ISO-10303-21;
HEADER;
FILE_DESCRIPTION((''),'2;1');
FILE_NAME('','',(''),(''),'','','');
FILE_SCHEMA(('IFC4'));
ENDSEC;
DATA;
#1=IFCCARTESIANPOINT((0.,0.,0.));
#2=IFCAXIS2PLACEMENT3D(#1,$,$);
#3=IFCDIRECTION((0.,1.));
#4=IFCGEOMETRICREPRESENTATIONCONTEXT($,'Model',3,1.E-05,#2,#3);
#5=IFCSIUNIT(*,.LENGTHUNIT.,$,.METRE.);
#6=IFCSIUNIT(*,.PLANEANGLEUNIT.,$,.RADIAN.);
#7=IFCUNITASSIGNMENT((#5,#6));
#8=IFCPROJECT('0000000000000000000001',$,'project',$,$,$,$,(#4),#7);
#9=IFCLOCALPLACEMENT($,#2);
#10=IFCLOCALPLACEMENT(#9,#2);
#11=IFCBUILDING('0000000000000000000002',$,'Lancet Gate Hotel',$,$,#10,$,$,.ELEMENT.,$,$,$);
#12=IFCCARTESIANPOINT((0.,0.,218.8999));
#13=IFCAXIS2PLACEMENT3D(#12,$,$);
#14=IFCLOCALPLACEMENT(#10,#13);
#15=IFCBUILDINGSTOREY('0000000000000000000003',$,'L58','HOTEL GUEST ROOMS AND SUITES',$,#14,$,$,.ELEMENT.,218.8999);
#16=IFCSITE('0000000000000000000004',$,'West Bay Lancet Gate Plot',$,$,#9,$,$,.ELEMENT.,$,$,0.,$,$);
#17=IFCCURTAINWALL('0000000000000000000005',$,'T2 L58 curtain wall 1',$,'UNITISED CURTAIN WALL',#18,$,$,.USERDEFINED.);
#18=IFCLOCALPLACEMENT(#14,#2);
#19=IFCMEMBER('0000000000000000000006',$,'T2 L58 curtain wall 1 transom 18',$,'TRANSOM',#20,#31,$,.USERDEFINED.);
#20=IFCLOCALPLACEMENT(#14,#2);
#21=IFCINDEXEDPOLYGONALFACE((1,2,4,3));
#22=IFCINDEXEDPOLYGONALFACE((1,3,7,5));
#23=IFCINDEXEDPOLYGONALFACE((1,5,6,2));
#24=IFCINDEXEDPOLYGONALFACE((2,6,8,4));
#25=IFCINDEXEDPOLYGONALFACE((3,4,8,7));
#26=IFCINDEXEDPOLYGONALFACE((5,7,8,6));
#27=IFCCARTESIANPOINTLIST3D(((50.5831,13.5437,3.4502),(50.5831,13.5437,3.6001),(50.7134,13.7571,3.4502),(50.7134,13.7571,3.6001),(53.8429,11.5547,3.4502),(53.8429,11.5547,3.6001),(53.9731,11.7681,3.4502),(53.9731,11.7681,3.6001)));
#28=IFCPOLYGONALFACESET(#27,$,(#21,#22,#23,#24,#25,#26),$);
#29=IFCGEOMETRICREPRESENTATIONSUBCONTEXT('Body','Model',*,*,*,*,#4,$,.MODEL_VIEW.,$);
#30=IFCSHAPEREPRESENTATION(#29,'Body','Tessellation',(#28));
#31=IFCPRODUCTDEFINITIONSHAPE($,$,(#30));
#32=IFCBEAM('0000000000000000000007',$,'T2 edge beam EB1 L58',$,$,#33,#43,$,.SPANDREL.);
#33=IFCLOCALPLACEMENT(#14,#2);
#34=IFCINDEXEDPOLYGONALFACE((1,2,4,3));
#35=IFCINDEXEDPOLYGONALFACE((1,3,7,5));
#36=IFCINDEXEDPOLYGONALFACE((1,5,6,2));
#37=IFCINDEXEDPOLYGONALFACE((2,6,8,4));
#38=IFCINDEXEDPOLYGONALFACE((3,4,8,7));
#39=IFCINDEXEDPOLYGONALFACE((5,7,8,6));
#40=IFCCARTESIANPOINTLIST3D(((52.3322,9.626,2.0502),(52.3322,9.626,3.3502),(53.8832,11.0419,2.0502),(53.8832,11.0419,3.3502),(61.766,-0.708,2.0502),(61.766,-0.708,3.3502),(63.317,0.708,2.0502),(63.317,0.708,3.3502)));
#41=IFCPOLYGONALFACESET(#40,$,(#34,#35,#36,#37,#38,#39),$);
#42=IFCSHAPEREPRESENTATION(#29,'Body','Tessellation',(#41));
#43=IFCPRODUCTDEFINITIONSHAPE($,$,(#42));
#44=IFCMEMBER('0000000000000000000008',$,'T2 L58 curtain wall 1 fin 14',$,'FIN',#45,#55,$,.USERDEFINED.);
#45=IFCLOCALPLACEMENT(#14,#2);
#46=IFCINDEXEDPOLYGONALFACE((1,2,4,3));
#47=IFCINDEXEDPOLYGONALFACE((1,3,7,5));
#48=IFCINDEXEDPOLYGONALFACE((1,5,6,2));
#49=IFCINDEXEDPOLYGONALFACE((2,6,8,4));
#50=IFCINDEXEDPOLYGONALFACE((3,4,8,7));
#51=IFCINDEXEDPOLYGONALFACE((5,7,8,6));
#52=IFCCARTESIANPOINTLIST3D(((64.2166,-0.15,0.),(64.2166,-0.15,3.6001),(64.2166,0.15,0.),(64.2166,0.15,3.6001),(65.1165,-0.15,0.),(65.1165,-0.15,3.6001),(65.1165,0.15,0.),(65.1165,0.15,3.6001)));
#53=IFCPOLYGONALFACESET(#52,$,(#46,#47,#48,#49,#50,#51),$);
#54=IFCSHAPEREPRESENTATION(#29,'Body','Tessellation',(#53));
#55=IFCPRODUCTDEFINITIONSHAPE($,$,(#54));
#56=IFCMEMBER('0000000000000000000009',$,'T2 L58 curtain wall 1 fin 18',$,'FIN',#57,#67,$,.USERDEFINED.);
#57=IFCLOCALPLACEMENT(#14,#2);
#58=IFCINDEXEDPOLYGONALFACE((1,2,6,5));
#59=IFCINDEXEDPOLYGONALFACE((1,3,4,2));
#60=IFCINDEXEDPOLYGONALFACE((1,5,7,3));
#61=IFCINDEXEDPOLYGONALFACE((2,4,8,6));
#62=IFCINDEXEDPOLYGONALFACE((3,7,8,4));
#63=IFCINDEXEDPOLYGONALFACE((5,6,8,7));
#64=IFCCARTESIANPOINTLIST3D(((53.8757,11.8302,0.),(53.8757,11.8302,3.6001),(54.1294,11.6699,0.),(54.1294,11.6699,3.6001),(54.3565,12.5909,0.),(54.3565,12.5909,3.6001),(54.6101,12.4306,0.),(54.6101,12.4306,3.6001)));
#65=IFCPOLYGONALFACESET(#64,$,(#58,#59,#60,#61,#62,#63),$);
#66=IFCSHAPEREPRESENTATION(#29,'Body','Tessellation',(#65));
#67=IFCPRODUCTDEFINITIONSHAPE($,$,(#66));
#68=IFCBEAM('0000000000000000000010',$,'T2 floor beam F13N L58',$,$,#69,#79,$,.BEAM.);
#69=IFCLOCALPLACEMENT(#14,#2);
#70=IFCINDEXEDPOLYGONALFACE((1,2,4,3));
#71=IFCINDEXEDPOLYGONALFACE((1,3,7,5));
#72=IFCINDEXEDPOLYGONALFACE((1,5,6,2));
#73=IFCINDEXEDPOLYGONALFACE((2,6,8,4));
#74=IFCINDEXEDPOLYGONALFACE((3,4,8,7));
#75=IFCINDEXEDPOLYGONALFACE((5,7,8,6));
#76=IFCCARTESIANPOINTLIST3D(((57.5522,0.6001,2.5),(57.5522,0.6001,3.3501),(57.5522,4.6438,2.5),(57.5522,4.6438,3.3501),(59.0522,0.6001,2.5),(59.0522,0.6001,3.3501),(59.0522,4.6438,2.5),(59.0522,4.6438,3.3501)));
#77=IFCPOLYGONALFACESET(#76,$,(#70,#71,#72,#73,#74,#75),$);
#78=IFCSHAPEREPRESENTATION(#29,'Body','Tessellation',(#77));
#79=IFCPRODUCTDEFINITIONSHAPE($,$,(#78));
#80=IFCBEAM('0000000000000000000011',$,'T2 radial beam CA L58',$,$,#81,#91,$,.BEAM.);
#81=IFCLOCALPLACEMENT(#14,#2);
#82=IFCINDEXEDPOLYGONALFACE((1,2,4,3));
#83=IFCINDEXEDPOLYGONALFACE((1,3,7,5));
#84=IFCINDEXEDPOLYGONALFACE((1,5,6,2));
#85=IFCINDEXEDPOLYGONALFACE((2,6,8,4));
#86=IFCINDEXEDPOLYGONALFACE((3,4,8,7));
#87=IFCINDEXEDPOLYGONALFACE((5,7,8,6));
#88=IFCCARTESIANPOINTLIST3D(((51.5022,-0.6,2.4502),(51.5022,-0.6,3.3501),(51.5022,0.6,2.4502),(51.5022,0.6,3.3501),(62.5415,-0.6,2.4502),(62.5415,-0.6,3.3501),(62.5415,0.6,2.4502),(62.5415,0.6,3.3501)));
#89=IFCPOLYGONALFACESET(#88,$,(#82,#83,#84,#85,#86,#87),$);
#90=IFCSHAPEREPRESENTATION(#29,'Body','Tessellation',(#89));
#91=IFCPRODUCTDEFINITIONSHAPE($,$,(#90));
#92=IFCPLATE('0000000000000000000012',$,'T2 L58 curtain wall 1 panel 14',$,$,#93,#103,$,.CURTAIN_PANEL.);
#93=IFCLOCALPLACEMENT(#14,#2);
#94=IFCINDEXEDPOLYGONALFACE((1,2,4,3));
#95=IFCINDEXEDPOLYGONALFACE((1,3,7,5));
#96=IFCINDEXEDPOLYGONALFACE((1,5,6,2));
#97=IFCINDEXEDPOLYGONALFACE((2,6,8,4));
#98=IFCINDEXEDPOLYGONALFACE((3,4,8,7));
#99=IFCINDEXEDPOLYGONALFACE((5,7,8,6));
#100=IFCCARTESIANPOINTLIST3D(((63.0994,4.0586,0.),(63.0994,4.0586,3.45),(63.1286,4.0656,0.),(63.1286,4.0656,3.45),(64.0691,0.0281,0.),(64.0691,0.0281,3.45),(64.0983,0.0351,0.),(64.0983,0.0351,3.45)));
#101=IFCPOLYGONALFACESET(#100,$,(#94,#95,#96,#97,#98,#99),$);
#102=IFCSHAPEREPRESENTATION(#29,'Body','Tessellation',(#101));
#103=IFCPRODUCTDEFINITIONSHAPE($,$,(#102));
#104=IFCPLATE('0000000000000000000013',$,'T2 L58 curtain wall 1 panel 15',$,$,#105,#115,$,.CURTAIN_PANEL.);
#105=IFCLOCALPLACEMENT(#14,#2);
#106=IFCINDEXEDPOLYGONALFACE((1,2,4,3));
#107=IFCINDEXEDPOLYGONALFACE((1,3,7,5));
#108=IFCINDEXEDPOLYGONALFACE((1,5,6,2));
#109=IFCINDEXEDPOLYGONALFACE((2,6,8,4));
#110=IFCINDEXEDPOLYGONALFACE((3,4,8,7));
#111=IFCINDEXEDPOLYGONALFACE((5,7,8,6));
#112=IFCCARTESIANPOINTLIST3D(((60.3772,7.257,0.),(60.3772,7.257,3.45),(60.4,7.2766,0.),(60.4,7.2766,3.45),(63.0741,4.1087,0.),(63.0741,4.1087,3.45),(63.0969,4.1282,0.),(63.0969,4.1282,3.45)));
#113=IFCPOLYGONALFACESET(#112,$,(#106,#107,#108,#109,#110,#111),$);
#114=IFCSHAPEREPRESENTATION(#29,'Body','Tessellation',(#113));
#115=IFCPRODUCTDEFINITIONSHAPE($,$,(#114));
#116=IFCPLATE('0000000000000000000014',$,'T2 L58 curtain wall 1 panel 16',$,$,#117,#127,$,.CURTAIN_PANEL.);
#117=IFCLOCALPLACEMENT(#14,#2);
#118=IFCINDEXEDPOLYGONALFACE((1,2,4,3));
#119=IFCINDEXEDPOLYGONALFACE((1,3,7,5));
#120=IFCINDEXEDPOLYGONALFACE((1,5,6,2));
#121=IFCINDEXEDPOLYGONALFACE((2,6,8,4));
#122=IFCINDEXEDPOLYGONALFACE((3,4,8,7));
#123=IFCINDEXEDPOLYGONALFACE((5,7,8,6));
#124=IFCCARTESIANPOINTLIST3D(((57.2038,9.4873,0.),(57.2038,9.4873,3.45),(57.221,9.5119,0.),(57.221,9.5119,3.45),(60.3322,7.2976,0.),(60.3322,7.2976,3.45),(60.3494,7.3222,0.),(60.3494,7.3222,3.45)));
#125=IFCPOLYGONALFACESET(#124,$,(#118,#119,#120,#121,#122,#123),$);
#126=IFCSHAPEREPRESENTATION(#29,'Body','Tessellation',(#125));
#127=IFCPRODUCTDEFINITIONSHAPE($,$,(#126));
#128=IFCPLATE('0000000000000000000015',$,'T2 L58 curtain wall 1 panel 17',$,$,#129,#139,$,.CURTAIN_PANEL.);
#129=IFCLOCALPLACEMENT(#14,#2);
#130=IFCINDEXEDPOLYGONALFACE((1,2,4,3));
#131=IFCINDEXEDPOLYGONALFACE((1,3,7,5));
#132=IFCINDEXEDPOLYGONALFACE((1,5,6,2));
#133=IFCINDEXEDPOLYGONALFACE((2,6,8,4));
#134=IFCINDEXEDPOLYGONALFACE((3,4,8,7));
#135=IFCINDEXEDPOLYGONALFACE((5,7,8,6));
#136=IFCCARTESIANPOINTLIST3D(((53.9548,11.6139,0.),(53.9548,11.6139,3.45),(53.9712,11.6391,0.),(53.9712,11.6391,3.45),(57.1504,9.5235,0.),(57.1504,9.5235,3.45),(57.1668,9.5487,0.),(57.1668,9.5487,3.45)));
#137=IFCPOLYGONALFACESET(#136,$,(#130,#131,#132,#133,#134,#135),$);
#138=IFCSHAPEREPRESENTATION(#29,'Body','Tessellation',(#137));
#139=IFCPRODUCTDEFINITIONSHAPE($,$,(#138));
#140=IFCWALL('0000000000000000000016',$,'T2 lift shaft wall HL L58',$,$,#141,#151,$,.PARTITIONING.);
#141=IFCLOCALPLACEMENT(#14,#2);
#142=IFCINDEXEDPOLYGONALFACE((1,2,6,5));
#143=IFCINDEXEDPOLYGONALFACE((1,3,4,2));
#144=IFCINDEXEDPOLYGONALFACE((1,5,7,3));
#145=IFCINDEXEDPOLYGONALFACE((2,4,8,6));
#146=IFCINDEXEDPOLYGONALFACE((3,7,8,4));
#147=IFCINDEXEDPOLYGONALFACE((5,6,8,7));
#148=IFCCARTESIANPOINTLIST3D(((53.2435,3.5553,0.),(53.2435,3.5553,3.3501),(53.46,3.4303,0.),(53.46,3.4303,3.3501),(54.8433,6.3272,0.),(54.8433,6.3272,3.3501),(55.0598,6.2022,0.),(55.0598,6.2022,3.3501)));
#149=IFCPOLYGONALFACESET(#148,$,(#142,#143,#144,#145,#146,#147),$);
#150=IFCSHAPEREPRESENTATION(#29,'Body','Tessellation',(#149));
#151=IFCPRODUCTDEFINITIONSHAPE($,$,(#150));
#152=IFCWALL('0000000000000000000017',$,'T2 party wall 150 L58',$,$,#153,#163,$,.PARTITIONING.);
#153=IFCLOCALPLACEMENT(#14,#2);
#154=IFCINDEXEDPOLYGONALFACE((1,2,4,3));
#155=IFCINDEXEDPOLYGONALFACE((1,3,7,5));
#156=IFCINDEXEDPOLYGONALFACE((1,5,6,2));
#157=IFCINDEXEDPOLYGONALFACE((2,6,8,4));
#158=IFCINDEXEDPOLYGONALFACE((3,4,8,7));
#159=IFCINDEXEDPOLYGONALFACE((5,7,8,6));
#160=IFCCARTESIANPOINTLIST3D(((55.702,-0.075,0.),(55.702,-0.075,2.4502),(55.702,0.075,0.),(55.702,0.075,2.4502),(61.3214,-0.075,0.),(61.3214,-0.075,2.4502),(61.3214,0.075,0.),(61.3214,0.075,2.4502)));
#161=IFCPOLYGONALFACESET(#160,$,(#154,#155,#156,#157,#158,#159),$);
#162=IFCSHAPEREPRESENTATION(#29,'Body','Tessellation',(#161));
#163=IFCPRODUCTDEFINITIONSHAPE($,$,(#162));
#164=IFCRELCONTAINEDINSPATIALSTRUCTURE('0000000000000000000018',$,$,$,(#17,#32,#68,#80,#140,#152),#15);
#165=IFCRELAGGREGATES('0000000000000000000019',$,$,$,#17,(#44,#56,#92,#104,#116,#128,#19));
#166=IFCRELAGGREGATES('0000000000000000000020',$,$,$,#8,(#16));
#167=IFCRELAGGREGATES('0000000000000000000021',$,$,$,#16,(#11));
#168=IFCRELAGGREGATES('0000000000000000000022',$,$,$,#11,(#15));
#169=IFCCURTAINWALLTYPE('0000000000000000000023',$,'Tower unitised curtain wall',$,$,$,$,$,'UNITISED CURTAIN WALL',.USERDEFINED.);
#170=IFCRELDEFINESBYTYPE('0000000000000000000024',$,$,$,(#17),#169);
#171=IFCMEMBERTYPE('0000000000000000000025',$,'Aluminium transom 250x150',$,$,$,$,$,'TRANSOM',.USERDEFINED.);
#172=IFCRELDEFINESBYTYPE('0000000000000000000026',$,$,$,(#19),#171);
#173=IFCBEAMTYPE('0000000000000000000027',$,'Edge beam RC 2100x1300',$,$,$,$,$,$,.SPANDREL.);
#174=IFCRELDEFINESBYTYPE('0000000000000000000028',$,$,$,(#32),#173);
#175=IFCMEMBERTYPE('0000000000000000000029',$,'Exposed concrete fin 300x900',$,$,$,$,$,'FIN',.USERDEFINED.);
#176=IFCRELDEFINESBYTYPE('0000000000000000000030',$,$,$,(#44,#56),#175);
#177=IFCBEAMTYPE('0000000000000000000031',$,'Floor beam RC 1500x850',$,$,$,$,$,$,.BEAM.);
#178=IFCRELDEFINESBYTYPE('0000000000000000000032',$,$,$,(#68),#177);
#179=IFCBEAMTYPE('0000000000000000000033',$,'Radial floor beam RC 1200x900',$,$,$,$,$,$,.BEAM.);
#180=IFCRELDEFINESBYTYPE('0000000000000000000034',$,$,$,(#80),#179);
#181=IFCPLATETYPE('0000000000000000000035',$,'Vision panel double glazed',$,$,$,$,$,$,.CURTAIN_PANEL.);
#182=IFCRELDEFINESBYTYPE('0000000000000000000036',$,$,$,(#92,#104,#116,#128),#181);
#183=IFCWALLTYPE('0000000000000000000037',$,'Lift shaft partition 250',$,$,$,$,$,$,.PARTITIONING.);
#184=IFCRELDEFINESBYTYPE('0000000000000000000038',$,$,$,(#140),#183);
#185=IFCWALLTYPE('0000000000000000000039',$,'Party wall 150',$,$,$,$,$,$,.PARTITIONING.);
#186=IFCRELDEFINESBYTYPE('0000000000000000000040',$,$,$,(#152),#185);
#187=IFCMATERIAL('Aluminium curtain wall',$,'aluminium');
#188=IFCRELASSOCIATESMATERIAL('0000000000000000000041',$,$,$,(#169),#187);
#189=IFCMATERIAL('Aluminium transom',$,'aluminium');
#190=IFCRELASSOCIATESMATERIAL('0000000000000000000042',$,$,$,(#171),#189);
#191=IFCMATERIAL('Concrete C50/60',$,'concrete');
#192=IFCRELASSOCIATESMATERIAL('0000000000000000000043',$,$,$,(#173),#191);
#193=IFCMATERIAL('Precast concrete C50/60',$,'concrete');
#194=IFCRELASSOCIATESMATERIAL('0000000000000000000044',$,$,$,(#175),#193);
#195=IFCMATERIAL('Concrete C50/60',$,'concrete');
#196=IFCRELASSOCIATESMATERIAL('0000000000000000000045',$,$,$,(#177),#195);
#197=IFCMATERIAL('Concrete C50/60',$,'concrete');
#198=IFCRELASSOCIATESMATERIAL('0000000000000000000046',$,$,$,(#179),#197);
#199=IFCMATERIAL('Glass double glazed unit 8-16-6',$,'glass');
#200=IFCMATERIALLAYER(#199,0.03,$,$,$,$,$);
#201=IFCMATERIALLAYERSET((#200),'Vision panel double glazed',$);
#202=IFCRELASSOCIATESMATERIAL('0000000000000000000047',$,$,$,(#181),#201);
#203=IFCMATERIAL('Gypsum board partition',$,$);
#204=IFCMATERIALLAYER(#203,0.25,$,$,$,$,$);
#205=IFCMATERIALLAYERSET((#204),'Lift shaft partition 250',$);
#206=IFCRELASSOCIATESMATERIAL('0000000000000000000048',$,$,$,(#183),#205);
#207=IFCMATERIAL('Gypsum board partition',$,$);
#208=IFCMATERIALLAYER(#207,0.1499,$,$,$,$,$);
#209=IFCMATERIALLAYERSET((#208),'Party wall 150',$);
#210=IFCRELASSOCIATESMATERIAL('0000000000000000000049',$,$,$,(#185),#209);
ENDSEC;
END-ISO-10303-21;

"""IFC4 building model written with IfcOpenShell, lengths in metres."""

from ifc_helpers import new_model, si_unit, direction, frame, frame_2d, origin, origin_2d, place, context, subcontext, project, spatial, rectangle, extrude, material, layer, layer_set, material_profile, profile_set, type_object, element, aggregate, save


model = new_model("IFC4")

# Units and contexts
model_context = context("Model", 3, precision=1e-05, world=origin(), true_north=direction((0.0, 1.0)))
body_context = subcontext(model_context, "Body", "Model", "MODEL_VIEW")
ifc_project = project(units=[si_unit("LENGTHUNIT", "METRE"), si_unit("PLANEANGLEUNIT", "RADIAN")], contexts=[model_context])

# Site, building, storey
site_placement = place(None, origin())
site = spatial("IfcSite", under=ifc_project, at=site_placement, Name="West Bay Lancet Gate Plot", CompositionType="ELEMENT", RefElevation=0.0)
building_placement = place(site_placement, origin())
building = spatial("IfcBuilding", under=site, at=building_placement, Name="Lancet Gate Hotel", CompositionType="ELEMENT")
storey_placement = place(building_placement, frame((0.0, 0.0, 218.8999)))
storey = spatial("IfcBuildingStorey", under=building, at=storey_placement, Name="L58", Description="HOTEL GUEST ROOMS AND SUITES", CompositionType="ELEMENT", Elevation=218.8999)

# Curtain wall, member
ifc_material_1 = material(Name="Aluminium curtain wall", Category="aluminium")
curtain_wall_type = type_object("IfcCurtainWallType", Name="Tower unitised curtain wall", ElementType="UNITISED CURTAIN WALL", PredefinedType="USERDEFINED", material=ifc_material_1)
curtain_wall_placement = place(storey_placement, origin())
curtain_wall = element("IfcCurtainWall", 1, at=curtain_wall_placement, inside=storey, type_object=curtain_wall_type, Name="T2 L58 curtain wall 1", ObjectType="UNITISED CURTAIN WALL", PredefinedType="USERDEFINED")
ifc_material_2 = material(Name="Aluminium transom", Category="aluminium")
ifc_material_profile_1 = material_profile(ifc_material_2, rectangle(XDim=0.25, YDim=0.1499, at=origin_2d()), Name="TRANSOM 250x150")
ifc_profile_set_1 = profile_set([ifc_material_profile_1], Name="Aluminium transom")
member_type_1 = type_object("IfcMemberType", Name="Aluminium transom 250x150", ElementType="TRANSOM", PredefinedType="USERDEFINED", material=ifc_profile_set_1)
member_1_placement = place(storey_placement, frame((53.908, 11.6614, 3.5251), z_axis=(-0.853639, 0.520865, 0.0), x_axis=(-0.520865, -0.853639, 0.0)))
member_1 = element("IfcMember", 2, at=member_1_placement, type_object=member_type_1, Name="T2 L58 curtain wall 1 transom 18", ObjectType="TRANSOM", PredefinedType="USERDEFINED", context=body_context, shape_type="SweptSolid", body=[
    extrude(rectangle(XDim=0.25, YDim=0.1499, at=origin_2d()), origin(), (0.0, 0.0, 1.0), 3.8186),
])

# Beam
ifc_material_3 = material(Name="Concrete C50/60", Category="concrete")
ifc_material_profile_2 = material_profile(ifc_material_3, rectangle(XDim=2.1001, YDim=1.3, at=origin_2d()), Name="RC 2100x1300")
ifc_profile_set_2 = profile_set([ifc_material_profile_2], Name="Concrete C50/60")
beam_type_1 = type_object("IfcBeamType", Name="Edge beam RC 2100x1300", PredefinedType="SPANDREL", material=ifc_profile_set_2)
beam_1_placement = place(storey_placement, frame((62.5415, 0.0, 2.7002), z_axis=(-0.674209, 0.73854, 0.0), x_axis=(-0.73854, -0.674209, 0.0)))
element("IfcBeam", 3, at=beam_1_placement, inside=storey, type_object=beam_type_1, Name="T2 edge beam EB1 L58", PredefinedType="SPANDREL", context=body_context, shape_type="SweptSolid", body=[
    extrude(rectangle(XDim=2.1001, YDim=1.3, at=origin_2d()), origin(), (0.0, 0.0, 1.0), 13.9924),
])

# Members
ifc_material_4 = material(Name="Precast concrete C50/60", Category="concrete")
ifc_material_profile_3 = material_profile(ifc_material_4, rectangle(XDim=0.3, YDim=0.8999, at=origin_2d()), Name="FIN 300x900")
ifc_profile_set_3 = profile_set([ifc_material_profile_3], Name="Precast concrete C50/60")
member_type_2 = type_object("IfcMemberType", Name="Exposed concrete fin 300x900", ElementType="FIN", PredefinedType="USERDEFINED", material=ifc_profile_set_3)
member_2_placement = place(storey_placement, frame((64.6665, 0.0, 0.0), z_axis=(0.0, 0.0, 1.0), x_axis=(0.0, 1.0, 0.0)))
member_2 = element("IfcMember", 4, at=member_2_placement, type_object=member_type_2, Name="T2 L58 curtain wall 1 fin 14", ObjectType="FIN", PredefinedType="USERDEFINED", context=body_context, shape_type="SweptSolid", body=[
    extrude(rectangle(XDim=0.3, YDim=0.8999, at=origin_2d()), origin(), (0.0, 0.0, 1.0), 3.6001),
])
member_3_placement = place(storey_placement, frame((54.2429, 12.1304, 0.0), z_axis=(0.0, 0.0, 1.0), x_axis=(-0.84534, 0.534229, 0.0)))
member_3 = element("IfcMember", 5, at=member_3_placement, type_object=member_type_2, Name="T2 L58 curtain wall 1 fin 18", ObjectType="FIN", PredefinedType="USERDEFINED", context=body_context, shape_type="SweptSolid", body=[
    extrude(rectangle(XDim=0.3, YDim=0.8999, at=origin_2d()), origin(), (0.0, 0.0, 1.0), 3.6001),
])

# Beams
ifc_material_5 = material(Name="Concrete C50/60", Category="concrete")
ifc_material_profile_4 = material_profile(ifc_material_5, rectangle(XDim=1.5, YDim=0.8501, at=origin_2d()), Name="RC 1500x850")
ifc_profile_set_4 = profile_set([ifc_material_profile_4], Name="Concrete C50/60")
beam_type_2 = type_object("IfcBeamType", Name="Floor beam RC 1500x850", PredefinedType="BEAM", material=ifc_profile_set_4)
beam_2_placement = place(storey_placement, frame((58.3022, 0.6001, 2.925), z_axis=(0.0, 1.0, 0.0), x_axis=(-1.0, 0.0, 0.0)))
element("IfcBeam", 6, at=beam_2_placement, inside=storey, type_object=beam_type_2, Name="T2 floor beam F13N L58", PredefinedType="BEAM", context=body_context, shape_type="SweptSolid", body=[
    extrude(rectangle(XDim=1.5, YDim=0.8501, at=origin_2d()), origin(), (0.0, 0.0, 1.0), 4.0437),
])
ifc_material_6 = material(Name="Concrete C50/60", Category="concrete")
ifc_material_profile_5 = material_profile(ifc_material_6, rectangle(XDim=1.2, YDim=0.8999, at=origin_2d()), Name="RC 1200x900")
ifc_profile_set_5 = profile_set([ifc_material_profile_5], Name="Concrete C50/60")
beam_type_3 = type_object("IfcBeamType", Name="Radial floor beam RC 1200x900", PredefinedType="BEAM", material=ifc_profile_set_5)
beam_3_placement = place(storey_placement, frame((62.5415, 0.0, 2.9001), z_axis=(-1.0, 0.0, 0.0), x_axis=(0.0, -1.0, 0.0)))
element("IfcBeam", 7, at=beam_3_placement, inside=storey, type_object=beam_type_3, Name="T2 radial beam CA L58", PredefinedType="BEAM", context=body_context, shape_type="SweptSolid", body=[
    extrude(rectangle(XDim=1.2, YDim=0.8999, at=origin_2d()), origin(), (0.0, 0.0, 1.0), 11.0393),
])

# Plates
ifc_material_7 = material(Name="Glass double glazed unit 8-16-6", Category="glass")
ifc_layer_1 = layer(ifc_material_7, 0.03)
ifc_layer_set_1 = layer_set([ifc_layer_1], Name="Vision panel double glazed")
plate_type = type_object("IfcPlateType", Name="Vision panel double glazed", PredefinedType="CURTAIN_PANEL", material=ifc_layer_set_1)
plate_1_placement = place(storey_placement, frame((63.5989, 2.0469, 0.0), z_axis=(0.0, 0.0, 1.0), x_axis=(-0.233916, 0.972257, 0.0)))
plate_1 = element("IfcPlate", 8, at=plate_1_placement, type_object=plate_type, Name="T2 L58 curtain wall 1 panel 14", PredefinedType="CURTAIN_PANEL", context=body_context, shape_type="SweptSolid", body=[
    extrude(rectangle(XDim=4.1455, YDim=0.03, at=origin_2d()), origin(), (0.0, 0.0, 1.0), 3.45),
])
plate_2_placement = place(storey_placement, frame((61.7371, 5.6926, 0.0), z_axis=(0.0, 0.0, 1.0), x_axis=(-0.650552, 0.759462, 0.0)))
plate_2 = element("IfcPlate", 9, at=plate_2_placement, type_object=plate_type, Name="T2 L58 curtain wall 1 panel 15", PredefinedType="CURTAIN_PANEL", context=body_context, shape_type="SweptSolid", body=[
    extrude(rectangle(XDim=4.1455, YDim=0.03, at=origin_2d()), origin(), (0.0, 0.0, 1.0), 3.45),
])
plate_3_placement = place(storey_placement, frame((58.7766, 8.4048, 0.0), z_axis=(0.0, 0.0, 1.0), x_axis=(-0.819255, 0.573429, 0.0)))
plate_3 = element("IfcPlate", 10, at=plate_3_placement, type_object=plate_type, Name="T2 L58 curtain wall 1 panel 16", PredefinedType="CURTAIN_PANEL", context=body_context, shape_type="SweptSolid", body=[
    extrude(rectangle(XDim=3.8186, YDim=0.03, at=origin_2d()), origin(), (0.0, 0.0, 1.0), 3.45),
])
plate_4_placement = place(storey_placement, frame((55.5608, 10.5813, 0.0), z_axis=(0.0, 0.0, 1.0), x_axis=(-0.83685, 0.547432, 0.0)))
plate_4 = element("IfcPlate", 11, at=plate_4_placement, type_object=plate_type, Name="T2 L58 curtain wall 1 panel 17", PredefinedType="CURTAIN_PANEL", context=body_context, shape_type="SweptSolid", body=[
    extrude(rectangle(XDim=3.8186, YDim=0.03, at=origin_2d()), origin(), (0.0, 0.0, 1.0), 3.45),
])
aggregate(curtain_wall, [member_2, member_3, plate_1, plate_2, plate_3, plate_4, member_1])

# Walls
ifc_material_8 = material(Name="Gypsum board partition")
ifc_layer_2 = layer(ifc_material_8, 0.25)
ifc_layer_set_2 = layer_set([ifc_layer_2], Name="Lift shaft partition 250")
wall_type_1 = type_object("IfcWallType", Name="Lift shaft partition 250", PredefinedType="PARTITIONING", material=ifc_layer_set_2)
wall_1_placement = place(storey_placement, frame((53.3518, 3.4929, 0.0), z_axis=(0.0, 0.0, 1.0), x_axis=(0.499872, 0.866099, 0.0)))
element("IfcWall", 12, at=wall_1_placement, inside=storey, type_object=wall_type_1, Name="T2 lift shaft wall HL L58", PredefinedType="PARTITIONING", context=body_context, shape_type="SweptSolid", body=[
    extrude(rectangle(XDim=3.2004, YDim=0.25, at=frame_2d((1.6001, 0.0))), origin(), (0.0, 0.0, 1.0), 3.3501),
])
ifc_material_9 = material(Name="Gypsum board partition")
ifc_layer_3 = layer(ifc_material_9, 0.1499)
ifc_layer_set_3 = layer_set([ifc_layer_3], Name="Party wall 150")
wall_type_2 = type_object("IfcWallType", Name="Party wall 150", PredefinedType="PARTITIONING", material=ifc_layer_set_3)
wall_2_placement = place(storey_placement, frame((55.7021, 0.0, 0.0), z_axis=(0.0, 0.0, 1.0), x_axis=(1.0, 0.0, 0.0)))
element("IfcWall", 13, at=wall_2_placement, inside=storey, type_object=wall_type_2, Name="T2 party wall 150 L58", PredefinedType="PARTITIONING", context=body_context, shape_type="SweptSolid", body=[
    extrude(rectangle(XDim=5.6194, YDim=0.1499, at=frame_2d((2.8096, 0.0))), origin(), (0.0, 0.0, 1.0), 2.4502),
])

save(model, "model.ifc")
